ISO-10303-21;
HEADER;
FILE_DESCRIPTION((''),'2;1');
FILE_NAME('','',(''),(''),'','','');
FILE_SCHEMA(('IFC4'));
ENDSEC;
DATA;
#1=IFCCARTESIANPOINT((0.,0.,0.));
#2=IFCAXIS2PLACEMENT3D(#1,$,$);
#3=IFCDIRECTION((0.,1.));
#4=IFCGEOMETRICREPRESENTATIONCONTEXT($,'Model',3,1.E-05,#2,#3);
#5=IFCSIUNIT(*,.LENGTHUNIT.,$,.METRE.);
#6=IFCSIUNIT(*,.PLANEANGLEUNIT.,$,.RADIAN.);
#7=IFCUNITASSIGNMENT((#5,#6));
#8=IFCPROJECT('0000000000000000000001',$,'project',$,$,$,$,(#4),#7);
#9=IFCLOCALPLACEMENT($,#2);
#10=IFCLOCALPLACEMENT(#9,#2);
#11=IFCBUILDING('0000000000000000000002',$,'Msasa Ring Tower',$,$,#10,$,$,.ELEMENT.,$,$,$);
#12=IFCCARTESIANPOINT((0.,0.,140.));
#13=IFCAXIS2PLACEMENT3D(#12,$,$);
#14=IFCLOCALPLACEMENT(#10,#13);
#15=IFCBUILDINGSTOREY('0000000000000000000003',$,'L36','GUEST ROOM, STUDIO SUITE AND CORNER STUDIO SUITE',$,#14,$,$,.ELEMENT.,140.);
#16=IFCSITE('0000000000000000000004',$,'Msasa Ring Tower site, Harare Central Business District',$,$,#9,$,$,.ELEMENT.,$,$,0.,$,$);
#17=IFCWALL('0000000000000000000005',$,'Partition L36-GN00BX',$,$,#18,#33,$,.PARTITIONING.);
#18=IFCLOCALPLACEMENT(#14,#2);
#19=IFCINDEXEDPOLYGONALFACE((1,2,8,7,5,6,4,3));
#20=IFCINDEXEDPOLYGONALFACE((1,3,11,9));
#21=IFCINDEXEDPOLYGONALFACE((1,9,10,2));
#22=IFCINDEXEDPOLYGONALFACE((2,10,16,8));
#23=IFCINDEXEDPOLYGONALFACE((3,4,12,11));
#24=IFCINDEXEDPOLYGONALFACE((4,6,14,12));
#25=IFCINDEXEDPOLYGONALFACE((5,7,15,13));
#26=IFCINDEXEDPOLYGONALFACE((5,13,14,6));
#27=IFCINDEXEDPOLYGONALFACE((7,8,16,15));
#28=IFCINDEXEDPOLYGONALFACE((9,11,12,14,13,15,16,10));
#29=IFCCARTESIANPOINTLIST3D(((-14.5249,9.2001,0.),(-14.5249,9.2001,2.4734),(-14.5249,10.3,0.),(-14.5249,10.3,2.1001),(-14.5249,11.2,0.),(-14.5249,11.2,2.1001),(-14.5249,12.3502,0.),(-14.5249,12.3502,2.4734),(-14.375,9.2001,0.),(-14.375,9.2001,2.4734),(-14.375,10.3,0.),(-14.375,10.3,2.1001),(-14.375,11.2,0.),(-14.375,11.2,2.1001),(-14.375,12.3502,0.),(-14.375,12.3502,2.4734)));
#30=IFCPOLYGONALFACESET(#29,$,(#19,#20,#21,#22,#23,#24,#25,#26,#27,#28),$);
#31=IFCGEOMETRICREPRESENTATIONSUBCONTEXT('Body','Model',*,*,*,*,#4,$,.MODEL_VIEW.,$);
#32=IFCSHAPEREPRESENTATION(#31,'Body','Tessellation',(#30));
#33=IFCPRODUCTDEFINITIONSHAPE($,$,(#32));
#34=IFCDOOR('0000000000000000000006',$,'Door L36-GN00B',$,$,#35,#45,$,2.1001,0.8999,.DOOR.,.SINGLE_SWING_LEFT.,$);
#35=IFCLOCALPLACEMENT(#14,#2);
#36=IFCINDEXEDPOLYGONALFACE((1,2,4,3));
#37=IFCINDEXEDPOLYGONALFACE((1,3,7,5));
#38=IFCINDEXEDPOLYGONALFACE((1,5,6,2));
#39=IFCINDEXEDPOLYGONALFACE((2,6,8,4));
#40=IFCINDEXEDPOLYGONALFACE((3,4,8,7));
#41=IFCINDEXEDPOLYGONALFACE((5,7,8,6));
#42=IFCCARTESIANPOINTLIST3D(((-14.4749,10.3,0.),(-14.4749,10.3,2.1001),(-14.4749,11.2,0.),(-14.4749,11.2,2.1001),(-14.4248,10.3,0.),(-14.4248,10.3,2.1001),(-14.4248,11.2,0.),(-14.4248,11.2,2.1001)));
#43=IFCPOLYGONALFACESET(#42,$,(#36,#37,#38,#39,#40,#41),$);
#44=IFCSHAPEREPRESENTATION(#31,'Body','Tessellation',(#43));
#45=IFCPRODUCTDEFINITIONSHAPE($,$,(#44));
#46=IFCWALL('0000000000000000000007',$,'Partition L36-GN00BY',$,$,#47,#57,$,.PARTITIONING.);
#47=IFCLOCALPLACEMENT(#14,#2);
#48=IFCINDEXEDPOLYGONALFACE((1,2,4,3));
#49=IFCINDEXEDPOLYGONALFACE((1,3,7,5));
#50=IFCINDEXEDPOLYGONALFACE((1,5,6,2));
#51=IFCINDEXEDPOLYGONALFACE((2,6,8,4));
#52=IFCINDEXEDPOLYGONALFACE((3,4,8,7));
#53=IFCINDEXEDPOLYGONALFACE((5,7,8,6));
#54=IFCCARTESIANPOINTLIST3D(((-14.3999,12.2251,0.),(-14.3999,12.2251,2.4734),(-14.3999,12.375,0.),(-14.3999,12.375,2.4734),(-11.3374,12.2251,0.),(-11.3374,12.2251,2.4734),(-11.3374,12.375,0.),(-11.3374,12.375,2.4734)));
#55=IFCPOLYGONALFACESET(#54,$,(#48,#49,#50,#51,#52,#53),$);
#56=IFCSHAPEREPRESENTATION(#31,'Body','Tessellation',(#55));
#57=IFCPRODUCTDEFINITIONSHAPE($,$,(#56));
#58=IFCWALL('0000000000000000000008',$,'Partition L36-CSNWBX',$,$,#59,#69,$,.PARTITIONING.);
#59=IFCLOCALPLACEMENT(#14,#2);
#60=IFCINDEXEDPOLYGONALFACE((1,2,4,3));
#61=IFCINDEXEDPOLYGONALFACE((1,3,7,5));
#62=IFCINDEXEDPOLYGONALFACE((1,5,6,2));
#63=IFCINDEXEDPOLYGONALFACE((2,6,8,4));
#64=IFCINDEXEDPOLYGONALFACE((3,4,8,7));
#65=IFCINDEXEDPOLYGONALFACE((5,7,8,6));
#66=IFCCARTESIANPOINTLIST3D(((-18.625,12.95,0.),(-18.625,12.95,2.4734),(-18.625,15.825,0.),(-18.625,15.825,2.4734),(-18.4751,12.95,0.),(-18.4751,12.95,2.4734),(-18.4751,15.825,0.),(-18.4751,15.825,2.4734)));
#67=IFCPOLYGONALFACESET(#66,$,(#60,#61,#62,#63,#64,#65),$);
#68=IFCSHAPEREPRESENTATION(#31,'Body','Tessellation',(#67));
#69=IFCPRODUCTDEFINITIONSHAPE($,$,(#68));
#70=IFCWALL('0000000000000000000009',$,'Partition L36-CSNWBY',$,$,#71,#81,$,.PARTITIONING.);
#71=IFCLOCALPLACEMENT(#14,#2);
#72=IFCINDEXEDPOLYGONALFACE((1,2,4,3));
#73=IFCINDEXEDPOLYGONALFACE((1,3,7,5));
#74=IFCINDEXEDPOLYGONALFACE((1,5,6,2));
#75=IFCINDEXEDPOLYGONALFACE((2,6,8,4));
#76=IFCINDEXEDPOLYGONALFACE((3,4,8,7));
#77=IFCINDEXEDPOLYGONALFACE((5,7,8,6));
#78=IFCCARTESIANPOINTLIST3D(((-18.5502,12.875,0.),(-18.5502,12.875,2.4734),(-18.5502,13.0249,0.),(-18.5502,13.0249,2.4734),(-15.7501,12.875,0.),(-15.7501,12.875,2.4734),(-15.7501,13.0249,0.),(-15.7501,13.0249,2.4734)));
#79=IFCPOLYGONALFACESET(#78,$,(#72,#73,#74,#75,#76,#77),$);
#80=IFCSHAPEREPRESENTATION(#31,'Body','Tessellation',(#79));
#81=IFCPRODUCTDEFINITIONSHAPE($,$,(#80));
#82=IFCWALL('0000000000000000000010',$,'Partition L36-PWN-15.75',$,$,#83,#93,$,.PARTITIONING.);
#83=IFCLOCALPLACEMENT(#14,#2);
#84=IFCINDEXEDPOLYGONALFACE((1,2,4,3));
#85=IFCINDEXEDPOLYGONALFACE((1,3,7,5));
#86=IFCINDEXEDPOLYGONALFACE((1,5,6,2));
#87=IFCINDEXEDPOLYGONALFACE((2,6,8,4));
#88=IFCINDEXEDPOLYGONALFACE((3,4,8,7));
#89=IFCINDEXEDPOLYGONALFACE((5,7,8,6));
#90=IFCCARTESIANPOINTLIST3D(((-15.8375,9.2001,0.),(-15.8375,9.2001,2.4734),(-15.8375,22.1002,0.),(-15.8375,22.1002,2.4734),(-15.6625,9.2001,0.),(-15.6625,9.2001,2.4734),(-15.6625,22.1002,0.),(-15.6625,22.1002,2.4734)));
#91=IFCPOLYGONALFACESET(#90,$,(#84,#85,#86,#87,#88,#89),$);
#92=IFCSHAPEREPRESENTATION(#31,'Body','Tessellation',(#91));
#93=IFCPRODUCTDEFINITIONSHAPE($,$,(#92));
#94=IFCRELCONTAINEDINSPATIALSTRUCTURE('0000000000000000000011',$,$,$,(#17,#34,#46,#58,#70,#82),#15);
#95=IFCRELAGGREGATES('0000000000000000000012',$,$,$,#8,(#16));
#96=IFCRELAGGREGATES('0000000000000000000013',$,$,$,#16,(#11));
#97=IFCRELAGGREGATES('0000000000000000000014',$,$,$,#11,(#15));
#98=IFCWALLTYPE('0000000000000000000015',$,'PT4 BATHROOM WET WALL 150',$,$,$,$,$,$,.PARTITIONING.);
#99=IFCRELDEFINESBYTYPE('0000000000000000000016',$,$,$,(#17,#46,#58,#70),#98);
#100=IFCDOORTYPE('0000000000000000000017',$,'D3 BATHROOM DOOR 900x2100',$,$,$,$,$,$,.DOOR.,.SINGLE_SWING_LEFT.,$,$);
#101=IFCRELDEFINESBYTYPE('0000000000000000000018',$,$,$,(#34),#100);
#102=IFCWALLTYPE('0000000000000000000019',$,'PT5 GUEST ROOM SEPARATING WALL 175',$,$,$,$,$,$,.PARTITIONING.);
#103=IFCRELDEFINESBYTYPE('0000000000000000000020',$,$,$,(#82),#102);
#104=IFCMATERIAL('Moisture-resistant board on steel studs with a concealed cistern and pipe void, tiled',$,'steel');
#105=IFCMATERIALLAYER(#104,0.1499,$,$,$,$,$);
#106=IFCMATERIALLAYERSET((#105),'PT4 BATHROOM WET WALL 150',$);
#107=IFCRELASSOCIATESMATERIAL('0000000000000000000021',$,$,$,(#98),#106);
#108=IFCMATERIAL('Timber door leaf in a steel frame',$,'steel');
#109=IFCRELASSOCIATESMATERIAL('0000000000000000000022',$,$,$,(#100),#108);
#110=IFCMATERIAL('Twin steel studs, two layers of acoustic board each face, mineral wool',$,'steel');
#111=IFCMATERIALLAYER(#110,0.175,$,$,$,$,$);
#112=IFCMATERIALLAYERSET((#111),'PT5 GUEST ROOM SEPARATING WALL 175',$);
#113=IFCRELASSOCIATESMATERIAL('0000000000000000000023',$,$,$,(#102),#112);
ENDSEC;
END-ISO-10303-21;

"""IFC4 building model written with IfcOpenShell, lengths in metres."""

from ifc_helpers import new_model, si_unit, direction, frame, frame_2d, origin, place, context, subcontext, project, spatial, rectangle, extrude, material, layer, layer_set, type_object, element, fill, save


model = new_model("IFC4")

# Units and contexts
model_context = context("Model", 3, precision=1e-05, world=origin(), true_north=direction((0.0, 1.0)))
body_context = subcontext(model_context, "Body", "Model", "MODEL_VIEW")
ifc_project = project(units=[si_unit("LENGTHUNIT", "METRE"), si_unit("PLANEANGLEUNIT", "RADIAN")], contexts=[model_context])

# Site, building, storey
site_placement = place(None, origin())
site = spatial("IfcSite", under=ifc_project, at=site_placement, Name="Msasa Ring Tower site, Harare Central Business District", CompositionType="ELEMENT", RefElevation=0.0)
building_placement = place(site_placement, origin())
building = spatial("IfcBuilding", under=site, at=building_placement, Name="Msasa Ring Tower", CompositionType="ELEMENT")
storey_placement = place(building_placement, frame((0.0, 0.0, 140.0)))
storey = spatial("IfcBuildingStorey", under=building, at=storey_placement, Name="L36", Description="GUEST ROOM, STUDIO SUITE AND CORNER STUDIO SUITE", CompositionType="ELEMENT", Elevation=140.0)

# Wall, opening, door
ifc_material_1 = material(Name="Moisture-resistant board on steel studs with a concealed cistern and pipe void, tiled", Category="steel")
ifc_layer_1 = layer(ifc_material_1, 0.1499)
ifc_layer_set_1 = layer_set([ifc_layer_1], Name="PT4 BATHROOM WET WALL 150")
wall_type_1 = type_object("IfcWallType", Name="PT4 BATHROOM WET WALL 150", PredefinedType="PARTITIONING", material=ifc_layer_set_1)
wall_1_placement = place(storey_placement, frame((-14.45, 9.2, 0.0), z_axis=(0.0, 0.0, 1.0), x_axis=(0.0, 1.0, 0.0)))
wall_1 = element("IfcWall", 1, at=wall_1_placement, inside=storey, type_object=wall_type_1, Name="Partition L36-GN00BX", PredefinedType="PARTITIONING", context=body_context, shape_type="SweptSolid", body=[
    extrude(rectangle(XDim=3.1501, YDim=0.1499, at=frame_2d((1.5752, 0.0))), origin(), (0.0, 0.0, 1.0), 2.4734),
])
opening_1_placement = place(wall_1_placement, frame((1.1001, 0.0, 0.0)))
opening_1 = element("IfcOpeningElement", 2, at=opening_1_placement, cuts=wall_1, PredefinedType="OPENING", context=body_context, shape_type="SweptSolid", body=[
    extrude(rectangle(XDim=0.8999, YDim=2.1001, at=frame_2d((0.45, 1.05))), frame((0.0, 0.085, 0.0), z_axis=(0.0, -1.0, 0.0), x_axis=(1.0, 0.0, 0.0)), (0.0, 0.0, 1.0), 0.1699),
])
ifc_material_2 = material(Name="Timber door leaf in a steel frame", Category="steel")
door_type_1 = type_object("IfcDoorType", Name="D3 BATHROOM DOOR 900x2100", OperationType="SINGLE_SWING_LEFT", PredefinedType="DOOR", material=ifc_material_2)
door_1_placement = place(opening_1_placement, origin())
door_1 = element("IfcDoor", 3, at=door_1_placement, inside=storey, type_object=door_type_1, Name="Door L36-GN00B", OperationType="SINGLE_SWING_LEFT", OverallHeight=2.1001, OverallWidth=0.8999, PredefinedType="DOOR", context=body_context, shape_type="SweptSolid", body=[
    extrude(rectangle(XDim=0.8999, YDim=2.1001, at=frame_2d((0.45, 1.05))), frame((0.0, 0.0249, 0.0), z_axis=(0.0, -1.0, 0.0), x_axis=(1.0, 0.0, 0.0)), (0.0, 0.0, 1.0), 0.05),
])
fill(opening_1, door_1)

# Walls
wall_2_placement = place(storey_placement, frame((-14.3999, 12.3, 0.0), z_axis=(0.0, 0.0, 1.0), x_axis=(1.0, 0.0, 0.0)))
element("IfcWall", 4, at=wall_2_placement, inside=storey, type_object=wall_type_1, Name="Partition L36-GN00BY", PredefinedType="PARTITIONING", context=body_context, shape_type="SweptSolid", body=[
    extrude(rectangle(XDim=3.0625, YDim=0.1499, at=frame_2d((1.5312, 0.0))), origin(), (0.0, 0.0, 1.0), 2.4734),
])
wall_3_placement = place(storey_placement, frame((-18.55, 12.95, 0.0), z_axis=(0.0, 0.0, 1.0), x_axis=(0.0, 1.0, 0.0)))
element("IfcWall", 5, at=wall_3_placement, inside=storey, type_object=wall_type_1, Name="Partition L36-CSNWBX", PredefinedType="PARTITIONING", context=body_context, shape_type="SweptSolid", body=[
    extrude(rectangle(XDim=2.875, YDim=0.1499, at=frame_2d((1.4375, 0.0))), origin(), (0.0, 0.0, 1.0), 2.4734),
])
wall_4_placement = place(storey_placement, frame((-18.55, 12.95, 0.0), z_axis=(0.0, 0.0, 1.0), x_axis=(1.0, 0.0, 0.0)))
element("IfcWall", 6, at=wall_4_placement, inside=storey, type_object=wall_type_1, Name="Partition L36-CSNWBY", PredefinedType="PARTITIONING", context=body_context, shape_type="SweptSolid", body=[
    extrude(rectangle(XDim=2.8, YDim=0.1499, at=frame_2d((1.3999, 0.0))), origin(), (0.0, 0.0, 1.0), 2.4734),
])
ifc_material_3 = material(Name="Twin steel studs, two layers of acoustic board each face, mineral wool", Category="steel")
ifc_layer_2 = layer(ifc_material_3, 0.175)
ifc_layer_set_2 = layer_set([ifc_layer_2], Name="PT5 GUEST ROOM SEPARATING WALL 175")
wall_type_2 = type_object("IfcWallType", Name="PT5 GUEST ROOM SEPARATING WALL 175", PredefinedType="PARTITIONING", material=ifc_layer_set_2)
wall_5_placement = place(storey_placement, frame((-15.75, 9.2, 0.0), z_axis=(0.0, 0.0, 1.0), x_axis=(0.0, 1.0, 0.0)))
element("IfcWall", 7, at=wall_5_placement, inside=storey, type_object=wall_type_2, Name="Partition L36-PWN-15.75", PredefinedType="PARTITIONING", context=body_context, shape_type="SweptSolid", body=[
    extrude(rectangle(XDim=12.9001, YDim=0.175, at=frame_2d((6.4502, 0.0))), origin(), (0.0, 0.0, 1.0), 2.4734),
])

save(model, "model.ifc")
